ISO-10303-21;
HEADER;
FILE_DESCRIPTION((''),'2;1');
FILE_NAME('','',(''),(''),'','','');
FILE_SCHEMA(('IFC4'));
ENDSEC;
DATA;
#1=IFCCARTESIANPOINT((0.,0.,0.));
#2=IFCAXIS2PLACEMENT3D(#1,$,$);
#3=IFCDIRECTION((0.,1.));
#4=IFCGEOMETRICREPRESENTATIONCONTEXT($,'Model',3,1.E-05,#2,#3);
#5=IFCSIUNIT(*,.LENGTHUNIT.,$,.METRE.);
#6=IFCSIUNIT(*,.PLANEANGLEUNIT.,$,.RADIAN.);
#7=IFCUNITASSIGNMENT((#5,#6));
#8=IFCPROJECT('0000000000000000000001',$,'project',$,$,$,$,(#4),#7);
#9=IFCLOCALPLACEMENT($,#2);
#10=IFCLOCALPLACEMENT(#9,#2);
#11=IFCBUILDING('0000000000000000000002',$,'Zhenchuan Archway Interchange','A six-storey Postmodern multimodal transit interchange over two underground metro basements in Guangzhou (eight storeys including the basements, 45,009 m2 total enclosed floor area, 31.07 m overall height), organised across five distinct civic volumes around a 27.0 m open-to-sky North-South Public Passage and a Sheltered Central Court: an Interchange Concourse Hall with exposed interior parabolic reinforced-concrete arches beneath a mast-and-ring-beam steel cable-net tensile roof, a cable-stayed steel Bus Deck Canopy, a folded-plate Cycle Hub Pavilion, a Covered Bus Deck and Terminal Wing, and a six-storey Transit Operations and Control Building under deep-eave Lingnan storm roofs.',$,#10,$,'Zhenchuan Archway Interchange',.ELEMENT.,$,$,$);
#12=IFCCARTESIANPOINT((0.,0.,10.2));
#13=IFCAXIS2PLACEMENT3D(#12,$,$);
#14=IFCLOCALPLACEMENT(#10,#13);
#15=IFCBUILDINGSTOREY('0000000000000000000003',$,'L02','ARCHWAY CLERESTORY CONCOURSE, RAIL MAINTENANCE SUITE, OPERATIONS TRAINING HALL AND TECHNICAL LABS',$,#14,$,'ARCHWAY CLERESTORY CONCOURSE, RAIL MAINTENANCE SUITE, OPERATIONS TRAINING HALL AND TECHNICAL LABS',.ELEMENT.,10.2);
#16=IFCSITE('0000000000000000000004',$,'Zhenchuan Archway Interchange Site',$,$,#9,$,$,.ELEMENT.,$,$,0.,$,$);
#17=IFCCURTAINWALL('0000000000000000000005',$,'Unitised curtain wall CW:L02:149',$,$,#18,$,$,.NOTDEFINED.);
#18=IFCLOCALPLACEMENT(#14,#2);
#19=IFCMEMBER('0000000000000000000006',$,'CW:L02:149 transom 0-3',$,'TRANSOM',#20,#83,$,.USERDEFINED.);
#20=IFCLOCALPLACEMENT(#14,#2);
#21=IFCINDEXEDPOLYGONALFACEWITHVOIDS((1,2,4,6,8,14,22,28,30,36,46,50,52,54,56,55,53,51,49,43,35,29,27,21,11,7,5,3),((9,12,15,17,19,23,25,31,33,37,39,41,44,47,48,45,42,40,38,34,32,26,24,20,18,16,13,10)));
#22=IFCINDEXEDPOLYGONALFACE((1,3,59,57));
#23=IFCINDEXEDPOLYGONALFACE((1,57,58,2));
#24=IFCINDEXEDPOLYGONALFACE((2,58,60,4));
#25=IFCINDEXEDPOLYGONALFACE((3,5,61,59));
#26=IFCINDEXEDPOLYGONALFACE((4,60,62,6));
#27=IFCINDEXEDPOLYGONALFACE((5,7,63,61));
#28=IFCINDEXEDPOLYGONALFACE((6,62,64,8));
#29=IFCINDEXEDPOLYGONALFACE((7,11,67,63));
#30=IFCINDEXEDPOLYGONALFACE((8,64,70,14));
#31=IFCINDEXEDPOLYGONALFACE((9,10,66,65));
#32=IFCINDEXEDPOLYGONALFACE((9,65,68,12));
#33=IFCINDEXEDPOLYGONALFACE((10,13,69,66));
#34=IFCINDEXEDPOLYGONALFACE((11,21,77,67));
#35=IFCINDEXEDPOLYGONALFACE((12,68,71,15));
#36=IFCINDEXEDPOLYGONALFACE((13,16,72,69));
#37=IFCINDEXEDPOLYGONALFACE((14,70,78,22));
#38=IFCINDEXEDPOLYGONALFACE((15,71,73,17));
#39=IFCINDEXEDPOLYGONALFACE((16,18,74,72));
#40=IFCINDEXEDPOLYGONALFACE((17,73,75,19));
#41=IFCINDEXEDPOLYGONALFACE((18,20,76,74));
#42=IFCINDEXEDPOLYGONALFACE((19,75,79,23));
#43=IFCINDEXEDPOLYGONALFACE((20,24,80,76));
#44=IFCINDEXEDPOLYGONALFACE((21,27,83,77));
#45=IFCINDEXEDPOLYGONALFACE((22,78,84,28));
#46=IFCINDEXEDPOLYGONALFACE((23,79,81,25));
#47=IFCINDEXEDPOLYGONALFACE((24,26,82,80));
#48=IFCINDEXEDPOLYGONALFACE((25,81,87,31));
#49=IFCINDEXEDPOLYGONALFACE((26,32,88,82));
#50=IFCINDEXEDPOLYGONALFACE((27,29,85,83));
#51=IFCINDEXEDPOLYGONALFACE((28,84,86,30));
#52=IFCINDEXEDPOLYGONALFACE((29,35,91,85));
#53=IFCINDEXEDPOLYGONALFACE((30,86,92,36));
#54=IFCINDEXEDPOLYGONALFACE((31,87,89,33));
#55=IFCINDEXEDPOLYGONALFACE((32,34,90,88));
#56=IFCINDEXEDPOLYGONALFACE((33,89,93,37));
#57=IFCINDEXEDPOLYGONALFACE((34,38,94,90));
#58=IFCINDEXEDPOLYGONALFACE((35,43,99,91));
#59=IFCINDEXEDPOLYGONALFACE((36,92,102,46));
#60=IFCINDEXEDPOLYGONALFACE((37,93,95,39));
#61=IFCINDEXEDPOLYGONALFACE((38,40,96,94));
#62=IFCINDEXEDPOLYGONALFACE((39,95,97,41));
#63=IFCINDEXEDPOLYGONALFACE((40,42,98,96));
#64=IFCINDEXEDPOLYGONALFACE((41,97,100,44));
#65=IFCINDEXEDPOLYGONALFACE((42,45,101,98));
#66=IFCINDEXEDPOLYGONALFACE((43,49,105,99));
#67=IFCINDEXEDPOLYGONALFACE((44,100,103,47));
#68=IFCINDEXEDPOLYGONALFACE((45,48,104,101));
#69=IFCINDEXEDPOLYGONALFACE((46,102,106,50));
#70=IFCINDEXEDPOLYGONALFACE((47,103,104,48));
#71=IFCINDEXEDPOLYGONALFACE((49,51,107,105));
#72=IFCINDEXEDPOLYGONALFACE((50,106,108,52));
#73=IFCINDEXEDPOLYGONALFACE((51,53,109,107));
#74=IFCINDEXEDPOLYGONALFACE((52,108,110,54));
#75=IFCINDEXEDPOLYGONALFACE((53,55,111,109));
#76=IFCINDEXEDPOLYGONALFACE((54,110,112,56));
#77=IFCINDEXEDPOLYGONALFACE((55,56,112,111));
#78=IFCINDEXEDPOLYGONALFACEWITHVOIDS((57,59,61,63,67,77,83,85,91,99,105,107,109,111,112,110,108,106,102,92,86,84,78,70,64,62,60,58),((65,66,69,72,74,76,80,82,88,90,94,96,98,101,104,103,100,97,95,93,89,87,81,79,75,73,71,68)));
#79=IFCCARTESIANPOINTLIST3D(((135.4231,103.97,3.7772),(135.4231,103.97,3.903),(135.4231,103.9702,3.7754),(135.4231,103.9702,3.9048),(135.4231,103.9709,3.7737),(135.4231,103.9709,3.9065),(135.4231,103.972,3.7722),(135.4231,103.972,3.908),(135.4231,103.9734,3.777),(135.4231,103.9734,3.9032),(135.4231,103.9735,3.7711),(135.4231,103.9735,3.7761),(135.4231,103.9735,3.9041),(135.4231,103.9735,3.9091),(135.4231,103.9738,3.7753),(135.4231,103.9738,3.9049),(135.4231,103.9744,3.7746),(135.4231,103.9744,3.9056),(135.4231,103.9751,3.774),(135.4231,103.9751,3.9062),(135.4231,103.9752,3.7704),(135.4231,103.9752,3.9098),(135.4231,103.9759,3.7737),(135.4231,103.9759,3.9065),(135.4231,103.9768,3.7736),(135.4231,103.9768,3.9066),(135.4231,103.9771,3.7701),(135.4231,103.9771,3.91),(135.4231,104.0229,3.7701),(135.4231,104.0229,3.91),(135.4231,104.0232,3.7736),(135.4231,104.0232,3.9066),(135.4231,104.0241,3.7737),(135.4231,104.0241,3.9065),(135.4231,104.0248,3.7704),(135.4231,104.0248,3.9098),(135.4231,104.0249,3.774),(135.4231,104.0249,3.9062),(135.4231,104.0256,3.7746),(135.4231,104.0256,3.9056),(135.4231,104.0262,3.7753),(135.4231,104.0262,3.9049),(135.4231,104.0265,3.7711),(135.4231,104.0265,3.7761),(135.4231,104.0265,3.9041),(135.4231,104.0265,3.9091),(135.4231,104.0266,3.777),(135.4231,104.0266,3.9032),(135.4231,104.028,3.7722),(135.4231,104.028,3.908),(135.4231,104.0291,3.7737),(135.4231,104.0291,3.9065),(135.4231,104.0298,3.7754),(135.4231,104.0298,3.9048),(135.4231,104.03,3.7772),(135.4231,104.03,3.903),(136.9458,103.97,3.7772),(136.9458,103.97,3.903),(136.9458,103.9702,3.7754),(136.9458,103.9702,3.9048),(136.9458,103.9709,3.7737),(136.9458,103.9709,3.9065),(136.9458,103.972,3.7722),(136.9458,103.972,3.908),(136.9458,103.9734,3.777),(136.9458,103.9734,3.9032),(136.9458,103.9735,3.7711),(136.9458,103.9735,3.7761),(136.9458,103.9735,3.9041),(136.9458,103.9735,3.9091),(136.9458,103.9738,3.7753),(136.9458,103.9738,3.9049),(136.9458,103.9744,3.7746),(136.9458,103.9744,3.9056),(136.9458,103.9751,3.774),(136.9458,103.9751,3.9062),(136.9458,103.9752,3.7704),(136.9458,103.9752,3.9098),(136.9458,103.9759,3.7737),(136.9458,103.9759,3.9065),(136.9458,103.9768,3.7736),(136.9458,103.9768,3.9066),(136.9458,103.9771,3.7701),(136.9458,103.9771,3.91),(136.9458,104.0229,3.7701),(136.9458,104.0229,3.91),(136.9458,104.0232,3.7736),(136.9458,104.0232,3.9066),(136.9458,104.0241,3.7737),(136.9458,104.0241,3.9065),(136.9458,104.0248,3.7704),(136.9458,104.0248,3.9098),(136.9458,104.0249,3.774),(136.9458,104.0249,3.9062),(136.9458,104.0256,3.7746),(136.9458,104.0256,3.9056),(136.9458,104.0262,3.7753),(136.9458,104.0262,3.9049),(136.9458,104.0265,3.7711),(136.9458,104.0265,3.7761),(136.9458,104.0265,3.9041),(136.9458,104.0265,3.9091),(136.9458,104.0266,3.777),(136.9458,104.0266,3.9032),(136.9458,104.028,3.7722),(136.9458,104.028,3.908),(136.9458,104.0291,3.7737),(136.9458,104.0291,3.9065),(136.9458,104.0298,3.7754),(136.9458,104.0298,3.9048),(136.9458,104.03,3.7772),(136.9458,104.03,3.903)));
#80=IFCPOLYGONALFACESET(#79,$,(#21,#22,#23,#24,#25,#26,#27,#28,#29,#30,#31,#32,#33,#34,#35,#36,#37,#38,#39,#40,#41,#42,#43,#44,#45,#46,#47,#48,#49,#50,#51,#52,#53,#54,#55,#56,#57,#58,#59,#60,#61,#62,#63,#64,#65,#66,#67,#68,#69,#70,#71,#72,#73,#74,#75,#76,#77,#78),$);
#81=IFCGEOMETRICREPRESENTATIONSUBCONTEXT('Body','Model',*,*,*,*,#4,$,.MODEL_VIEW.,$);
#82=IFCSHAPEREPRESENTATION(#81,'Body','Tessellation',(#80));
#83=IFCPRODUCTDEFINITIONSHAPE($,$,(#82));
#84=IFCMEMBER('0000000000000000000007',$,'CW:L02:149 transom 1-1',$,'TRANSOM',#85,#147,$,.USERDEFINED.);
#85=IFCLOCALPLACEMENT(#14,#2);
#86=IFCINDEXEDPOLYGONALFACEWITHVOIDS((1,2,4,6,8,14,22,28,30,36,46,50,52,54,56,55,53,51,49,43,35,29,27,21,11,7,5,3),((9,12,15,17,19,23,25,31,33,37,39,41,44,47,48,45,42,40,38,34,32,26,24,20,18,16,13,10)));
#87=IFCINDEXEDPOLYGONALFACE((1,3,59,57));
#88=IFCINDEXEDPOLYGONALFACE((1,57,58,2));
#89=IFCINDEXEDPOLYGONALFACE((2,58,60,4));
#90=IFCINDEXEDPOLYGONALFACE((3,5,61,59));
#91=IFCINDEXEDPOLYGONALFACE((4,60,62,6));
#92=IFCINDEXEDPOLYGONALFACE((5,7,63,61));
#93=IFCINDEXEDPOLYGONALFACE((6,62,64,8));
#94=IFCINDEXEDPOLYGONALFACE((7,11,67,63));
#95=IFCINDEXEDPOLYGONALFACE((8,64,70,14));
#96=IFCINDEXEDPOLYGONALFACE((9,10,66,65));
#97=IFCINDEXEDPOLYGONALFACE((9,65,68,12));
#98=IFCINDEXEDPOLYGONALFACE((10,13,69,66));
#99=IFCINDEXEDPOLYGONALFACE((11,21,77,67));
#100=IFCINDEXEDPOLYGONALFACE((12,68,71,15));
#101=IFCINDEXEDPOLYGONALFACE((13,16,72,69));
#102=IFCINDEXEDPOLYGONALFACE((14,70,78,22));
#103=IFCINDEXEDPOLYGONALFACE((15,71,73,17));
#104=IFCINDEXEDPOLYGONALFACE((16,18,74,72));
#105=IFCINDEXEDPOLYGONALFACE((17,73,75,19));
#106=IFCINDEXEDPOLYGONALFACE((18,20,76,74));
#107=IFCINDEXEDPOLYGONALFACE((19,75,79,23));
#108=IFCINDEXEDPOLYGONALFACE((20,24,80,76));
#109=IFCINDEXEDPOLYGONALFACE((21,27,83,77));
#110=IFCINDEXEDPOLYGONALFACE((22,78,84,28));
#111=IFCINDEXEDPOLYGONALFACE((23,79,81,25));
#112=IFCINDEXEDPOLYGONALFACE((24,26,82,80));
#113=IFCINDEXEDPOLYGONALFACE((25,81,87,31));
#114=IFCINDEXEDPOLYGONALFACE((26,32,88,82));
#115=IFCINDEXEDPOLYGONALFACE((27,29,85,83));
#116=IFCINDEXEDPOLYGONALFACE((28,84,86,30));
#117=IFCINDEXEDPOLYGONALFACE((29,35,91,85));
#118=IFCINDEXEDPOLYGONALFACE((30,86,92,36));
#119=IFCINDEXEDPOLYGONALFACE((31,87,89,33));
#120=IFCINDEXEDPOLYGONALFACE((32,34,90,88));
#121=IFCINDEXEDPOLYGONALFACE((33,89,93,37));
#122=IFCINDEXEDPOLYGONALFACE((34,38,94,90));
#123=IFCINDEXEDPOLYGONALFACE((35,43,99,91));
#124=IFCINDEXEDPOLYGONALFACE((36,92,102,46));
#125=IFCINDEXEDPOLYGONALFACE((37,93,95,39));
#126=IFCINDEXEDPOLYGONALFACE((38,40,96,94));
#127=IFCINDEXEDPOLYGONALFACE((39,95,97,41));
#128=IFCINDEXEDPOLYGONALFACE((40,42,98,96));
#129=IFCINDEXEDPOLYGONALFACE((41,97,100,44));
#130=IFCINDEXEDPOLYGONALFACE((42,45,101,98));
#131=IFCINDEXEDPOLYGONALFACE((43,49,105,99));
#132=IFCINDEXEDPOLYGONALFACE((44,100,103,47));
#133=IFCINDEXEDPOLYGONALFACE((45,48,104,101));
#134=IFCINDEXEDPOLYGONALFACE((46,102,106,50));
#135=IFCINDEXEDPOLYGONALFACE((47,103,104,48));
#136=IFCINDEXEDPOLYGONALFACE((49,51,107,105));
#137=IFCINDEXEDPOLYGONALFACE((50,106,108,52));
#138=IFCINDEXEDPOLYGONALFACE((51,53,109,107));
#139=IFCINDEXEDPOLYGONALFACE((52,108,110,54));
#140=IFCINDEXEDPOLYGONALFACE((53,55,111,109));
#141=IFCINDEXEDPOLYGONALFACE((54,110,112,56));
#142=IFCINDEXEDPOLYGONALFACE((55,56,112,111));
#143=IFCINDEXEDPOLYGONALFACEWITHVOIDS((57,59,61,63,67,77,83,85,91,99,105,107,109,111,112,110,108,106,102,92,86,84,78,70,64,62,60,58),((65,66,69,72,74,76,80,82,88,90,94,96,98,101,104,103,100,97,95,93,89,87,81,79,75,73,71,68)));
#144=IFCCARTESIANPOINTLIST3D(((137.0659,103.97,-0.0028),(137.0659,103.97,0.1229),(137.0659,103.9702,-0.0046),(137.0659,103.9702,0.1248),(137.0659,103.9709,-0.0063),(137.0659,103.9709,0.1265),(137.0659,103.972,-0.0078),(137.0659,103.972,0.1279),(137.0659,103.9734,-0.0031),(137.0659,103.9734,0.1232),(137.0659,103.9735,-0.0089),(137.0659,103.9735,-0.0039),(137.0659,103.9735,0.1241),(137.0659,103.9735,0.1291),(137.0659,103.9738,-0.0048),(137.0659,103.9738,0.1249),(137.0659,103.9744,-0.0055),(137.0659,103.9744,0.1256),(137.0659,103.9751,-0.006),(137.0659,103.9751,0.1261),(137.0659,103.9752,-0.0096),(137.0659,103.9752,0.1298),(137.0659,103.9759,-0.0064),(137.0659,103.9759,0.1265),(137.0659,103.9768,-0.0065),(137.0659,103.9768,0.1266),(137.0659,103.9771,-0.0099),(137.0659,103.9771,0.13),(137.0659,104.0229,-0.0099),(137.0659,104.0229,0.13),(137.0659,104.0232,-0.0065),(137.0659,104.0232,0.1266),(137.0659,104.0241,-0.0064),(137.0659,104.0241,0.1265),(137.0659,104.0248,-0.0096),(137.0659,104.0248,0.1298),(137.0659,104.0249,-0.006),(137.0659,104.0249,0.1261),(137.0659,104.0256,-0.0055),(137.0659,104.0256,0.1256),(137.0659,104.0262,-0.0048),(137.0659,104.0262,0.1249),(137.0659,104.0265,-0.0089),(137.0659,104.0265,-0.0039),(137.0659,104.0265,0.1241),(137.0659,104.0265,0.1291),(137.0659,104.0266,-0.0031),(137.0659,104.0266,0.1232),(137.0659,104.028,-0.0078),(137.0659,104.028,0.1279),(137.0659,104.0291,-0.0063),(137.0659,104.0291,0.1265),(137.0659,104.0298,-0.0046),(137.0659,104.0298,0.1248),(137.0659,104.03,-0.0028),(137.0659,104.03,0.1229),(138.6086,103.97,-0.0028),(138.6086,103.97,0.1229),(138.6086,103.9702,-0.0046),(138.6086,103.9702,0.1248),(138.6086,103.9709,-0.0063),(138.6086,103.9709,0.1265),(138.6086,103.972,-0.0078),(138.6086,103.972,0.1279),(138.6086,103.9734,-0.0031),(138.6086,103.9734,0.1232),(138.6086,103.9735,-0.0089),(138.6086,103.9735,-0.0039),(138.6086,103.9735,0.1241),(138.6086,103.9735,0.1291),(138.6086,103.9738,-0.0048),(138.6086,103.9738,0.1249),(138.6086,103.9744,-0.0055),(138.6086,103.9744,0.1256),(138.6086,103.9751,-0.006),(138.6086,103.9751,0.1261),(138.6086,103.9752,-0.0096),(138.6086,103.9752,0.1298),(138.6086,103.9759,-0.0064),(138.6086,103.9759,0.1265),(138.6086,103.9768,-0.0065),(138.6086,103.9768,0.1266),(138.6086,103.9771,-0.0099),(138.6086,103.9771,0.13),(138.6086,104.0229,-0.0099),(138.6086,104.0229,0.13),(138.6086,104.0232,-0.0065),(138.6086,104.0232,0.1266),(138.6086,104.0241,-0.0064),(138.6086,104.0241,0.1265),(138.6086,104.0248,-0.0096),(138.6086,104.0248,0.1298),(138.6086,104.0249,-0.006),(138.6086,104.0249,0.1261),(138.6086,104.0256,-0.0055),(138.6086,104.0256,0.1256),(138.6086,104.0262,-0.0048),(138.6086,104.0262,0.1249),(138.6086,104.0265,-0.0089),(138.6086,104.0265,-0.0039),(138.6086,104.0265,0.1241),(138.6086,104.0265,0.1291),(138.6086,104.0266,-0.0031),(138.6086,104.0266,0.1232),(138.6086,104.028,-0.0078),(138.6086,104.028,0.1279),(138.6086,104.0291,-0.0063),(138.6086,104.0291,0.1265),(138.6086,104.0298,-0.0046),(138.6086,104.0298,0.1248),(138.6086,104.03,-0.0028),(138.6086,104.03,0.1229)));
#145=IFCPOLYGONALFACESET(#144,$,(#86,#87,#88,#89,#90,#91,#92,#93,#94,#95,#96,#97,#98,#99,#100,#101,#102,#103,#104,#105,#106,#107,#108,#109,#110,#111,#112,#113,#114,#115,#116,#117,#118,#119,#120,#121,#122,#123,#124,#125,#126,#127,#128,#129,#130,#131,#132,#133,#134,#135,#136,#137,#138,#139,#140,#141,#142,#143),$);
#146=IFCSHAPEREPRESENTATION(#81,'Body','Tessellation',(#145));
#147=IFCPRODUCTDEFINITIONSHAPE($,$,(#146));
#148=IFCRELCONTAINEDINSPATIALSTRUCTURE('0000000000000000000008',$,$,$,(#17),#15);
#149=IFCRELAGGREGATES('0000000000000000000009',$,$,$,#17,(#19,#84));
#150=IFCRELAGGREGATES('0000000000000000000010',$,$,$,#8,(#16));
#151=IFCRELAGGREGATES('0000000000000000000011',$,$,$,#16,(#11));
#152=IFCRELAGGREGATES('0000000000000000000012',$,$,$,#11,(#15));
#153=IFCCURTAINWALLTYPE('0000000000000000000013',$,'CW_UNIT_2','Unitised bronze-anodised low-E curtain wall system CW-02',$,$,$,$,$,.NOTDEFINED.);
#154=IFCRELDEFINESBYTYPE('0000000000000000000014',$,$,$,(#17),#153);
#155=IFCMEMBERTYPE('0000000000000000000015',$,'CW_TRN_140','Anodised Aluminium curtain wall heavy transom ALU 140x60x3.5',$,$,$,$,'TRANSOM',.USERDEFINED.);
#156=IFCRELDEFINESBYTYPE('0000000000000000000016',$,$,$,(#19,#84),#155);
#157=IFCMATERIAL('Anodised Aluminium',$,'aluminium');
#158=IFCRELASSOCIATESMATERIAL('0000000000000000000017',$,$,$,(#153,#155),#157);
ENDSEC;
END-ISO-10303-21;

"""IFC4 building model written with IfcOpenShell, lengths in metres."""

from ifc_helpers import new_model, si_unit, direction, frame, origin, origin_2d, place, context, subcontext, project, spatial, hollow_rectangle, extrude, material, material_profile, profile_set, type_object, element, aggregate, save


model = new_model("IFC4")

# Units and contexts
model_context = context("Model", 3, precision=1e-05, world=origin(), true_north=direction((0.0, 1.0)))
body_context = subcontext(model_context, "Body", "Model", "MODEL_VIEW")
ifc_project = project(units=[si_unit("LENGTHUNIT", "METRE"), si_unit("PLANEANGLEUNIT", "RADIAN")], contexts=[model_context])

# Site, building, storey
site_placement = place(None, origin())
site = spatial("IfcSite", under=ifc_project, at=site_placement, Name="Zhenchuan Archway Interchange Site", CompositionType="ELEMENT", RefElevation=0.0)
building_placement = place(site_placement, origin())
building = spatial("IfcBuilding", under=site, at=building_placement, Name="Zhenchuan Archway Interchange", Description="A six-storey Postmodern multimodal transit interchange over two underground metro basements in Guangzhou (eight storeys including the basements, 45,009 m2 total enclosed floor area, 31.07 m overall height), organised across five distinct civic volumes around a 27.0 m open-to-sky North-South Public Passage and a Sheltered Central Court: an Interchange Concourse Hall with exposed interior parabolic reinforced-concrete arches beneath a mast-and-ring-beam steel cable-net tensile roof, a cable-stayed steel Bus Deck Canopy, a folded-plate Cycle Hub Pavilion, a Covered Bus Deck and Terminal Wing, and a six-storey Transit Operations and Control Building under deep-eave Lingnan storm roofs.", LongName="Zhenchuan Archway Interchange", CompositionType="ELEMENT")
storey_placement = place(building_placement, frame((0.0, 0.0, 10.2)))
storey = spatial("IfcBuildingStorey", under=building, at=storey_placement, Name="L02", Description="ARCHWAY CLERESTORY CONCOURSE, RAIL MAINTENANCE SUITE, OPERATIONS TRAINING HALL AND TECHNICAL LABS", LongName="ARCHWAY CLERESTORY CONCOURSE, RAIL MAINTENANCE SUITE, OPERATIONS TRAINING HALL AND TECHNICAL LABS", CompositionType="ELEMENT", Elevation=10.2)

# Curtain wall, members
ifc_material_1 = material(Name="Anodised Aluminium", Category="aluminium")
curtain_wall_type = type_object("IfcCurtainWallType", Name="CW_UNIT_2", Description="Unitised bronze-anodised low-E curtain wall system CW-02", PredefinedType="NOTDEFINED", material=ifc_material_1)
curtain_wall_placement = place(storey_placement, origin())
curtain_wall = element("IfcCurtainWall", 1, at=curtain_wall_placement, inside=storey, type_object=curtain_wall_type, Name="Unitised curtain wall CW:L02:149", PredefinedType="NOTDEFINED")
ifc_material_profile_1 = material_profile(ifc_material_1, hollow_rectangle(XDim=0.0601, YDim=0.1399, WallThickness=0.0034, InnerFilletRadius=0.0034, OuterFilletRadius=0.0071, at=origin_2d()), Name="ALU 140x60x3.5")
ifc_profile_set_1 = profile_set([ifc_material_profile_1], Name="Anodised Aluminium")
member_type_1 = type_object("IfcMemberType", Name="CW_TRN_140", Description="Anodised Aluminium curtain wall heavy transom ALU 140x60x3.5", ElementType="TRANSOM", PredefinedType="USERDEFINED", material=ifc_profile_set_1)
member_1_placement = place(storey_placement, frame((135.4231, 104.0, 3.8401), z_axis=(1.0, 0.0, 0.0), x_axis=(0.0, 1.0, 0.0)))
member_1 = element("IfcMember", 2, at=member_1_placement, type_object=member_type_1, Name="CW:L02:149 transom 0-3", ObjectType="TRANSOM", PredefinedType="USERDEFINED", context=body_context, shape_type="SweptSolid", body=[
    extrude(hollow_rectangle(XDim=0.0601, YDim=0.1399, WallThickness=0.0034, InnerFilletRadius=0.0034, OuterFilletRadius=0.0071, at=origin_2d()), origin(), (0.0, 0.0, 1.0), 1.5227),
])
member_2_placement = place(storey_placement, frame((137.0659, 104.0, 0.0601), z_axis=(1.0, 0.0, 0.0), x_axis=(0.0, 1.0, 0.0)))
member_2 = element("IfcMember", 3, at=member_2_placement, type_object=member_type_1, Name="CW:L02:149 transom 1-1", ObjectType="TRANSOM", PredefinedType="USERDEFINED", context=body_context, shape_type="SweptSolid", body=[
    extrude(hollow_rectangle(XDim=0.0601, YDim=0.1399, WallThickness=0.0034, InnerFilletRadius=0.0034, OuterFilletRadius=0.0071, at=origin_2d()), origin(), (0.0, 0.0, 1.0), 1.5427),
])

aggregate(curtain_wall, [member_1, member_2])

save(model, "model.ifc")
